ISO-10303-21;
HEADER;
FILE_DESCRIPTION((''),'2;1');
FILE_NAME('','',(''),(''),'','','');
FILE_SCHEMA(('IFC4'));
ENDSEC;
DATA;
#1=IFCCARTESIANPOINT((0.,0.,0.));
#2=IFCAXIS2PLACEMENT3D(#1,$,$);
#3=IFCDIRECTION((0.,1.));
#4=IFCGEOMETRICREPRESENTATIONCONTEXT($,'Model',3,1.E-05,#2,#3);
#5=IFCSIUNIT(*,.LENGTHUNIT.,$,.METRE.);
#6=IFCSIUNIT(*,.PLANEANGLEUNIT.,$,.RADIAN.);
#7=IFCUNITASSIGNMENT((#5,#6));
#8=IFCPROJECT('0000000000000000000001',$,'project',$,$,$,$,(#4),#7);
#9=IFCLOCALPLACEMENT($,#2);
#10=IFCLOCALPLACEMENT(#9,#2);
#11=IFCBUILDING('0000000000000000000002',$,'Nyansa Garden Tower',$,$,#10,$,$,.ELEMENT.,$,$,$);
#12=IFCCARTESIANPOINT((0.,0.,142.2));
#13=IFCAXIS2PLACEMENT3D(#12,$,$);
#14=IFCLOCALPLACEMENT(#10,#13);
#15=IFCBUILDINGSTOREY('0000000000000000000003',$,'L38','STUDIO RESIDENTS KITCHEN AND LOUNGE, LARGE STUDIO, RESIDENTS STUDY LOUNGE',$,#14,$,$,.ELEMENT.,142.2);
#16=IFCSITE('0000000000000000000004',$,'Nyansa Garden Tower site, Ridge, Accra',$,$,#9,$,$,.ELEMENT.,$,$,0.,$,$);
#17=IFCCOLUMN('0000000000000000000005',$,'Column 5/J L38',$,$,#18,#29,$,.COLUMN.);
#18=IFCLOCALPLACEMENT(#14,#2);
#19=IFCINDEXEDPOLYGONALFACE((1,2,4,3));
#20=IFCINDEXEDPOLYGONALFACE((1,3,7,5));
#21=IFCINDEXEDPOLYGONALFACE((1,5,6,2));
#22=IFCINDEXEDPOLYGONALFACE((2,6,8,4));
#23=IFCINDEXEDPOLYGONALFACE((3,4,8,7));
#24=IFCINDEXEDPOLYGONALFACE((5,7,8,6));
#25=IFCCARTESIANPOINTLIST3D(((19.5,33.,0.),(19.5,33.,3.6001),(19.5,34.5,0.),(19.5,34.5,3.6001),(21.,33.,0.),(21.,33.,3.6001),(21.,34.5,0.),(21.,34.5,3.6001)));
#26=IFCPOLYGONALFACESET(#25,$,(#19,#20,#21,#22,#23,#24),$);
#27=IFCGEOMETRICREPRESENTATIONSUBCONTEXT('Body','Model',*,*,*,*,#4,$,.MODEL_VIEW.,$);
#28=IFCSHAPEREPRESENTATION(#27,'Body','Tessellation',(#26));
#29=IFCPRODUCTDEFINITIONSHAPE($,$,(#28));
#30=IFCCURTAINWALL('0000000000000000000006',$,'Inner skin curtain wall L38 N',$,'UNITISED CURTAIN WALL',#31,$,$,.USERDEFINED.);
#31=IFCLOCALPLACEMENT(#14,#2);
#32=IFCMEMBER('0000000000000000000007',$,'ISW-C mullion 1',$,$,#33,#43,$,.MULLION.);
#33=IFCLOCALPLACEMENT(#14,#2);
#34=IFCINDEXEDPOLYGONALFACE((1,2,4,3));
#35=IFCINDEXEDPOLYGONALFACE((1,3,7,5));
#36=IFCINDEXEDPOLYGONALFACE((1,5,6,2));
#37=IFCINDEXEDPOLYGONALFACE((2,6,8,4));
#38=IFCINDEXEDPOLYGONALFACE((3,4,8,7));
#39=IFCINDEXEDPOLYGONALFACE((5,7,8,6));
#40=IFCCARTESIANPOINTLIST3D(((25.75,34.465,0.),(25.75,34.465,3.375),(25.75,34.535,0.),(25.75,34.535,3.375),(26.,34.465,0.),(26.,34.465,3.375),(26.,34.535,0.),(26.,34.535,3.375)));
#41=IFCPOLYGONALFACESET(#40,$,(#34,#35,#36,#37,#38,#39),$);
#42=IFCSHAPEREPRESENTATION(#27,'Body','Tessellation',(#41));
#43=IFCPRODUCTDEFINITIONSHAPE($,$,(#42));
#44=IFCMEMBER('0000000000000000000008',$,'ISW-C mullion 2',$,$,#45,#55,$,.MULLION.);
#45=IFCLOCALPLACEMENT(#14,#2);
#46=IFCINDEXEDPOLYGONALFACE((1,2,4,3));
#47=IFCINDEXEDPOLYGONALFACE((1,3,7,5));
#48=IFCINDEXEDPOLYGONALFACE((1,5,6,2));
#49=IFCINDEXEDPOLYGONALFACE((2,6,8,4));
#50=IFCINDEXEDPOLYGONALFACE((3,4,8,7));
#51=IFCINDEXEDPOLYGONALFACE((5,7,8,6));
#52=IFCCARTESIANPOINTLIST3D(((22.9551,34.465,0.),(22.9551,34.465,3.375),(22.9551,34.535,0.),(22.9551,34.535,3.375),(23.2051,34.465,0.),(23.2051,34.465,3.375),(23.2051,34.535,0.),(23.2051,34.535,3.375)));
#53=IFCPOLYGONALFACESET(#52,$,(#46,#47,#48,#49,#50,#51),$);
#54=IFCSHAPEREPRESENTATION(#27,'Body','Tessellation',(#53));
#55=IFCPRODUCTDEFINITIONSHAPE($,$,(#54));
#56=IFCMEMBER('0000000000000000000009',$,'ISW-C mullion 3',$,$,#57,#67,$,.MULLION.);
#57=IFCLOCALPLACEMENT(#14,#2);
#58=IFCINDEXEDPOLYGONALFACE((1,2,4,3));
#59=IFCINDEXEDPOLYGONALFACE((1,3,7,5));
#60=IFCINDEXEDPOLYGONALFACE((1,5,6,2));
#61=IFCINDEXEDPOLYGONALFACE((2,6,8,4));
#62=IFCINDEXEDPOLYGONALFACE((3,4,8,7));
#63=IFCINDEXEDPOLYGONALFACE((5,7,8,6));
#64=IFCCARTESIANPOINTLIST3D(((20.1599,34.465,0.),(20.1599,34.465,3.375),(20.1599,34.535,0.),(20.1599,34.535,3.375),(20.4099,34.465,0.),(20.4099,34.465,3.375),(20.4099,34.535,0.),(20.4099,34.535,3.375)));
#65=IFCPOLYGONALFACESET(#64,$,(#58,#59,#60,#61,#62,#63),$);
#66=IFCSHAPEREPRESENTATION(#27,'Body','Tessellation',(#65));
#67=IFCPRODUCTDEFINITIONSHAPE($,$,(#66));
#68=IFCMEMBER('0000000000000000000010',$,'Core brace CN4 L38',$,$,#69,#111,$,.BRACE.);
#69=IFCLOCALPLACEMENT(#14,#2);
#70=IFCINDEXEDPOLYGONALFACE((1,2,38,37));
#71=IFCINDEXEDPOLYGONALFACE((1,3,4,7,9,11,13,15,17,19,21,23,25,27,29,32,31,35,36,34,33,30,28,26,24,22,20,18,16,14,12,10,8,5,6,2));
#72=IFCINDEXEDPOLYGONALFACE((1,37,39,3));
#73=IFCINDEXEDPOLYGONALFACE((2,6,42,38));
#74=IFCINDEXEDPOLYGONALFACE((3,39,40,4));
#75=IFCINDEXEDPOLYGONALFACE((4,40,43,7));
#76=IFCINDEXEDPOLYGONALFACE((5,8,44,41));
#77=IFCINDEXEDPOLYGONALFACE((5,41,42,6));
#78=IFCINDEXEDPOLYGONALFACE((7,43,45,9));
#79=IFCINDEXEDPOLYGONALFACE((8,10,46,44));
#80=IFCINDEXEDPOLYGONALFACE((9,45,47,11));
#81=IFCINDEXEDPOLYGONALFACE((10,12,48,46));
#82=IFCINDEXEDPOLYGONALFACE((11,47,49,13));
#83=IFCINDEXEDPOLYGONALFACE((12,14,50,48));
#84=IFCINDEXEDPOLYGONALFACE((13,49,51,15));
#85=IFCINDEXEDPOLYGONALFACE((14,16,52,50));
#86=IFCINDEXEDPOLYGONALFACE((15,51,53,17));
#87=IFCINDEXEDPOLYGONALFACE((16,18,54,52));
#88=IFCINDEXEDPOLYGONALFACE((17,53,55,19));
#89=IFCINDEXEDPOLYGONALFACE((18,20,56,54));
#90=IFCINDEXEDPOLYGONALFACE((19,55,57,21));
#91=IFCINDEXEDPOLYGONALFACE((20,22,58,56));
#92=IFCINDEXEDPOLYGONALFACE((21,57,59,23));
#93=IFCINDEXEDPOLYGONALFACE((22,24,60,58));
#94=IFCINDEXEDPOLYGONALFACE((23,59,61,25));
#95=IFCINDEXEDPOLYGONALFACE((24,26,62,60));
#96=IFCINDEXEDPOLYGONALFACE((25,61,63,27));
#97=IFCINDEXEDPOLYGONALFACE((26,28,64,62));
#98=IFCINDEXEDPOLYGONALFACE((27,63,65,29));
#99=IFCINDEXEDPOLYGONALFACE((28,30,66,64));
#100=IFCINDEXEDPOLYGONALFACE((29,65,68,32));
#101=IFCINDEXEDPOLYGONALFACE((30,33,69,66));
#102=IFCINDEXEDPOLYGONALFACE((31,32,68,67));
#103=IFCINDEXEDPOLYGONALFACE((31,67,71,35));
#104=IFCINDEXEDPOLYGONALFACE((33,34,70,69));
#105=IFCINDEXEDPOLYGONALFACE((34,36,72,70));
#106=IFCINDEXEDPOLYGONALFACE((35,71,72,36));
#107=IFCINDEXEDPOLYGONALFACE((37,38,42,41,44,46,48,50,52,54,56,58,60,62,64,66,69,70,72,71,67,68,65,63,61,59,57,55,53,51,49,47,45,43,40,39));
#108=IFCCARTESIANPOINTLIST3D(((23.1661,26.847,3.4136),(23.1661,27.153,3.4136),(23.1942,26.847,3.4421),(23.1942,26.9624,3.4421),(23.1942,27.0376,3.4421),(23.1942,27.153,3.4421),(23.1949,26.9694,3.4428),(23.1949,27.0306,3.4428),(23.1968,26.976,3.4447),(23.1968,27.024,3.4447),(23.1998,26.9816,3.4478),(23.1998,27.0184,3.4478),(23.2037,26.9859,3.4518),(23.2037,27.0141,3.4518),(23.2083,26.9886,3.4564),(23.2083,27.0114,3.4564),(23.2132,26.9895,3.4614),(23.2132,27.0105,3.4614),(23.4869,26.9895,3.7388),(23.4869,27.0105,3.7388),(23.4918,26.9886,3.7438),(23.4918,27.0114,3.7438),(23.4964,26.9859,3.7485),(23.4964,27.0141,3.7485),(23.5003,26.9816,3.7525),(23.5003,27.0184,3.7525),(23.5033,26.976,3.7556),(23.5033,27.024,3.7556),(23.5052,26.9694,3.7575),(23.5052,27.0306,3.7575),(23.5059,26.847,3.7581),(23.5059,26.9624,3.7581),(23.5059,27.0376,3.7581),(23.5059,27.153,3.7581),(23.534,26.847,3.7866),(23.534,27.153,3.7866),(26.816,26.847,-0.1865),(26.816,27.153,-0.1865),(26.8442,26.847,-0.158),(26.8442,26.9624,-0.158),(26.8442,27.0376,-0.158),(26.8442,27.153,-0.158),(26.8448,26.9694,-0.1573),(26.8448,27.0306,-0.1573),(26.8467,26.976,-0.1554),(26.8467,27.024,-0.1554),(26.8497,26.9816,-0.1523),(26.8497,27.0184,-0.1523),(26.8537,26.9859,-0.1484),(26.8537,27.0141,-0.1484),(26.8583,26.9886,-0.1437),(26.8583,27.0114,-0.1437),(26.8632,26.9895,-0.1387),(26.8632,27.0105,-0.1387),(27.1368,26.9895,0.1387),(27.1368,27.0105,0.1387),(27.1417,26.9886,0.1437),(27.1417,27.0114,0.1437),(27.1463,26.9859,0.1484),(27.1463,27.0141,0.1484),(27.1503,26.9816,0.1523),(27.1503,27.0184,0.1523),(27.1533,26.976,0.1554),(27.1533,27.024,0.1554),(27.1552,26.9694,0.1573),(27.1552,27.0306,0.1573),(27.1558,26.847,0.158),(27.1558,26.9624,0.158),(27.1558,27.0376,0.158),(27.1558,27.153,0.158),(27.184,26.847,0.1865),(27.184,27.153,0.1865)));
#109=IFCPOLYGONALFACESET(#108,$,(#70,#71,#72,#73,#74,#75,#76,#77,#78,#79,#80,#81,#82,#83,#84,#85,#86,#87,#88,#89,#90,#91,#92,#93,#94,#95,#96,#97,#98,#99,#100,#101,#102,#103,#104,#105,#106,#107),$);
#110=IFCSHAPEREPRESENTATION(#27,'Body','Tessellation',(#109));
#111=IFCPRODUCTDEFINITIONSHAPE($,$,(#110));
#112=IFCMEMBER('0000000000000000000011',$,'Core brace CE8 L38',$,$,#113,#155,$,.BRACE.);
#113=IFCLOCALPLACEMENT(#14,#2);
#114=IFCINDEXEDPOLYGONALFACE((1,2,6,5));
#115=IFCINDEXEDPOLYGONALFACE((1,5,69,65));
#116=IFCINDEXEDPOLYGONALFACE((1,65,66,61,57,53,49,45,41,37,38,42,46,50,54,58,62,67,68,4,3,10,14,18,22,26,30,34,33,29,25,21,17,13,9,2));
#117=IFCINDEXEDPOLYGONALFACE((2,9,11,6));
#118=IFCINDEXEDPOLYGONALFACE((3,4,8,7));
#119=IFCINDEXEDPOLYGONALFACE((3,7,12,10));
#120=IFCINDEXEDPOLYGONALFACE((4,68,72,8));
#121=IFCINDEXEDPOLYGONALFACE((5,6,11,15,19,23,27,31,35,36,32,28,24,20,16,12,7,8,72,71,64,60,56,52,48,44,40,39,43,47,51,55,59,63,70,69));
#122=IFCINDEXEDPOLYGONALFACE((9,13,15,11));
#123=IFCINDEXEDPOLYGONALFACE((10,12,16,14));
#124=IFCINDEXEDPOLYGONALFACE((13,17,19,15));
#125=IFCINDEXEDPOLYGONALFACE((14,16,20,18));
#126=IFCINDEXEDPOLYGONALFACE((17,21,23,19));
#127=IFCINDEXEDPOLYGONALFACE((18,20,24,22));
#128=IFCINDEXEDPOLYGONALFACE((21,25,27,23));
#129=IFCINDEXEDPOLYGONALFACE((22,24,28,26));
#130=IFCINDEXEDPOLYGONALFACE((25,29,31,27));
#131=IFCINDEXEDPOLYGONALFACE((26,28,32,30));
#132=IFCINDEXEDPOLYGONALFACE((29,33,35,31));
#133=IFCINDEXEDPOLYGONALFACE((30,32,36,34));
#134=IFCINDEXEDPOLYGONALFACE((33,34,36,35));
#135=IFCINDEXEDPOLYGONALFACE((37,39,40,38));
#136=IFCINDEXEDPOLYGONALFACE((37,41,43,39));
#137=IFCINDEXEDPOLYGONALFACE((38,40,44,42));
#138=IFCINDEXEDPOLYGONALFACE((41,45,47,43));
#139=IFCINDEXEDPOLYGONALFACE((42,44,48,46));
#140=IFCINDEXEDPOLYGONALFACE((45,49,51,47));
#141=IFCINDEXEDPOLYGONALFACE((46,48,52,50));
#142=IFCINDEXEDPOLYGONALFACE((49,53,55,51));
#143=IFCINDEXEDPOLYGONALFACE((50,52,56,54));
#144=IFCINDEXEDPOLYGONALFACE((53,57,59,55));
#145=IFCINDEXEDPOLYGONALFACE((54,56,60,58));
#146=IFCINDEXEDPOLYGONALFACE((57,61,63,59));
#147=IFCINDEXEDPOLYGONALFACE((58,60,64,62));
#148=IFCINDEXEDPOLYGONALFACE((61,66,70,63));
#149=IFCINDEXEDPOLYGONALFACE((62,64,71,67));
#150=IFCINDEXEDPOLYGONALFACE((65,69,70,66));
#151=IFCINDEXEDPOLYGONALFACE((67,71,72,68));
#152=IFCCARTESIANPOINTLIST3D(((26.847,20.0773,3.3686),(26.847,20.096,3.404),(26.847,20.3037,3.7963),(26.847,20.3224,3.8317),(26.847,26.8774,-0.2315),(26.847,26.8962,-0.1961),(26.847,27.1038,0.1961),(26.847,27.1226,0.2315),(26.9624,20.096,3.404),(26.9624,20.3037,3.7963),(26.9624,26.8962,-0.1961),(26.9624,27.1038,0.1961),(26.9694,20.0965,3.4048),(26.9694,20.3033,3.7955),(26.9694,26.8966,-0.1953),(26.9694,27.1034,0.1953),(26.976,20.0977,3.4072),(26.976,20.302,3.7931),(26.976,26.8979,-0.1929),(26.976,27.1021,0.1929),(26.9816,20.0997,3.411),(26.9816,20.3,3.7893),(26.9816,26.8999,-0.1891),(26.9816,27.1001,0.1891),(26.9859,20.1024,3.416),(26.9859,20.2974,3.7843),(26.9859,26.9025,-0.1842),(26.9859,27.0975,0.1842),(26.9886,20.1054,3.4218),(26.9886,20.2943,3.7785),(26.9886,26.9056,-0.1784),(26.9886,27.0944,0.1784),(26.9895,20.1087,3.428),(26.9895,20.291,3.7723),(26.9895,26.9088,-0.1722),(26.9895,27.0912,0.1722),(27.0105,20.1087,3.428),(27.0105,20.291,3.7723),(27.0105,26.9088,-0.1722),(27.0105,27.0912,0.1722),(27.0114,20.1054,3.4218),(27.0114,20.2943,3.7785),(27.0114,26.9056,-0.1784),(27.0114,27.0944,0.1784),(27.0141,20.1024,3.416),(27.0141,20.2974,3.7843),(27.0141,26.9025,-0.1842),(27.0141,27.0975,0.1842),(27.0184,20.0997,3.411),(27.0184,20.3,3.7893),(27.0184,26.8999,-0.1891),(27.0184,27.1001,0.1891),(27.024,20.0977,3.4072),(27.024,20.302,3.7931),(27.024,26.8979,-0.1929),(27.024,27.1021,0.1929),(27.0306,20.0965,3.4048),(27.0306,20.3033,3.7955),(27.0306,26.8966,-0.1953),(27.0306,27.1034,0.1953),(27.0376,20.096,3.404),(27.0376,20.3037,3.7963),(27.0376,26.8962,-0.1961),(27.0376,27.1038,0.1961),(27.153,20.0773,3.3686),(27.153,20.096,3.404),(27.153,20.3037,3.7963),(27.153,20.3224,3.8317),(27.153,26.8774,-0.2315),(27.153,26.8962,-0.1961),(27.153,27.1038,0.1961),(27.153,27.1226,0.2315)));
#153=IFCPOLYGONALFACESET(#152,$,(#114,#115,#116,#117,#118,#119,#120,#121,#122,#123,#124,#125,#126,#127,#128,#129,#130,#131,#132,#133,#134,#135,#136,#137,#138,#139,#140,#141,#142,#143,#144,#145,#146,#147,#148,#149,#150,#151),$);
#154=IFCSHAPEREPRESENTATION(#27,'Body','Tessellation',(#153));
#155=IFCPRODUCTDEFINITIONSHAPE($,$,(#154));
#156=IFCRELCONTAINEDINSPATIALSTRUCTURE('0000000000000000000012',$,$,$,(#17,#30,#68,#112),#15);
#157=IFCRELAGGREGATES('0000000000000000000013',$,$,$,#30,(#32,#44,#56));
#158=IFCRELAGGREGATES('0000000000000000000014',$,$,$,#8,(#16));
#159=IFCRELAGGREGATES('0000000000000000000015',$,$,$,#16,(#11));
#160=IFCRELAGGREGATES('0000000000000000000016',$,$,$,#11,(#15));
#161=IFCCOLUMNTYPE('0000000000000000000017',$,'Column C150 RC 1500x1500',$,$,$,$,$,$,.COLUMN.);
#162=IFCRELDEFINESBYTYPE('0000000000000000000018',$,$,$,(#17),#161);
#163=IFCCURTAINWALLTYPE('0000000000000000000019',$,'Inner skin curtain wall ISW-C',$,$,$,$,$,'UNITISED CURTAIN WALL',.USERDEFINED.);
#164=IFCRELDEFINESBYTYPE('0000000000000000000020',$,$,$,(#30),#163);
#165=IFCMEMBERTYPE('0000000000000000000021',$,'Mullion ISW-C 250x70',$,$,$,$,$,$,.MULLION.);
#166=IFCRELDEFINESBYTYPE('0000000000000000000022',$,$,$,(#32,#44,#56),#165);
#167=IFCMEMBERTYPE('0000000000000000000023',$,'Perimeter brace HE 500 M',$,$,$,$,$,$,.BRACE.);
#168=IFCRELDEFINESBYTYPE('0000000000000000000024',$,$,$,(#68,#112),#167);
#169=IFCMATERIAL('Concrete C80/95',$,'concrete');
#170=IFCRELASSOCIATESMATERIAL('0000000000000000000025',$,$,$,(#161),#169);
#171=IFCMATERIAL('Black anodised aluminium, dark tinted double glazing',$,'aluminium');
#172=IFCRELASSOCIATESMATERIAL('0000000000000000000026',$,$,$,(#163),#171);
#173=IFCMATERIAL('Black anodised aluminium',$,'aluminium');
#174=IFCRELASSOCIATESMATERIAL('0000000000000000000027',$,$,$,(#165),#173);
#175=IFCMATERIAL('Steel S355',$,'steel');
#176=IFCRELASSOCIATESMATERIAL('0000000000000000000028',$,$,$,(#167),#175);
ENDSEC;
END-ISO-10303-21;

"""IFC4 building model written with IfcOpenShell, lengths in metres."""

from ifc_helpers import new_model, si_unit, direction, frame, origin, origin_2d, place, context, subcontext, project, spatial, rectangle, i_section, extrude, material, material_profile, profile_set, type_object, element, aggregate, save


model = new_model("IFC4")

# Units and contexts
model_context = context("Model", 3, precision=1e-05, world=origin(), true_north=direction((0.0, 1.0)))
body_context = subcontext(model_context, "Body", "Model", "MODEL_VIEW")
ifc_project = project(units=[si_unit("LENGTHUNIT", "METRE"), si_unit("PLANEANGLEUNIT", "RADIAN")], contexts=[model_context])

# Site, building, storey
site_placement = place(None, origin())
site = spatial("IfcSite", under=ifc_project, at=site_placement, Name="Nyansa Garden Tower site, Ridge, Accra", CompositionType="ELEMENT", RefElevation=0.0)
building_placement = place(site_placement, origin())
building = spatial("IfcBuilding", under=site, at=building_placement, Name="Nyansa Garden Tower", CompositionType="ELEMENT")
storey_placement = place(building_placement, frame((0.0, 0.0, 142.2)))
storey = spatial("IfcBuildingStorey", under=building, at=storey_placement, Name="L38", Description="STUDIO RESIDENTS KITCHEN AND LOUNGE, LARGE STUDIO, RESIDENTS STUDY LOUNGE", CompositionType="ELEMENT", Elevation=142.2)

# Column
ifc_material_1 = material(Name="Concrete C80/95", Category="concrete")
ifc_material_profile_1 = material_profile(ifc_material_1, rectangle(XDim=1.5, YDim=1.5, at=origin_2d()), Name="RC 1500x1500")
ifc_profile_set_1 = profile_set([ifc_material_profile_1], Name="Concrete C80/95")
column_type = type_object("IfcColumnType", Name="Column C150 RC 1500x1500", PredefinedType="COLUMN", material=ifc_profile_set_1)
column_placement = place(storey_placement, frame((20.25, 33.75, 0.0), z_axis=(0.0, 0.0, 1.0), x_axis=(1.0, 0.0, 0.0)))
element("IfcColumn", 1, at=column_placement, inside=storey, type_object=column_type, Name="Column 5/J L38", PredefinedType="COLUMN", context=body_context, shape_type="SweptSolid", body=[
    extrude(rectangle(XDim=1.5, YDim=1.5, at=origin_2d()), origin(), (0.0, 0.0, 1.0), 3.6001),
])

# Curtain wall, members
ifc_material_2 = material(Name="Black anodised aluminium, dark tinted double glazing", Category="aluminium")
curtain_wall_type = type_object("IfcCurtainWallType", Name="Inner skin curtain wall ISW-C", ElementType="UNITISED CURTAIN WALL", PredefinedType="USERDEFINED", material=ifc_material_2)
curtain_wall_placement = place(storey_placement, origin())
curtain_wall = element("IfcCurtainWall", 2, at=curtain_wall_placement, inside=storey, type_object=curtain_wall_type, Name="Inner skin curtain wall L38 N", ObjectType="UNITISED CURTAIN WALL", PredefinedType="USERDEFINED")
ifc_material_3 = material(Name="Black anodised aluminium", Category="aluminium")
ifc_material_profile_2 = material_profile(ifc_material_3, rectangle(XDim=0.0701, YDim=0.25, at=origin_2d()), Name="Mullion 250x70")
ifc_profile_set_2 = profile_set([ifc_material_profile_2], Name="Black anodised aluminium")
member_type_1 = type_object("IfcMemberType", Name="Mullion ISW-C 250x70", PredefinedType="MULLION", material=ifc_profile_set_2)
member_1_placement = place(storey_placement, frame((25.875, 34.5, 0.0), z_axis=(0.0, 0.0, 1.0), x_axis=(0.0, -1.0, 0.0)))
member_1 = element("IfcMember", 3, at=member_1_placement, type_object=member_type_1, Name="ISW-C mullion 1", PredefinedType="MULLION", context=body_context, shape_type="SweptSolid", body=[
    extrude(rectangle(XDim=0.0701, YDim=0.25, at=origin_2d()), origin(), (0.0, 0.0, 1.0), 3.375),
])
member_2_placement = place(storey_placement, frame((23.0801, 34.5, 0.0), z_axis=(0.0, 0.0, 1.0), x_axis=(0.0, -1.0, 0.0)))
member_2 = element("IfcMember", 4, at=member_2_placement, type_object=member_type_1, Name="ISW-C mullion 2", PredefinedType="MULLION", context=body_context, shape_type="SweptSolid", body=[
    extrude(rectangle(XDim=0.0701, YDim=0.25, at=origin_2d()), origin(), (0.0, 0.0, 1.0), 3.375),
])
member_3_placement = place(storey_placement, frame((20.2849, 34.5, 0.0), z_axis=(0.0, 0.0, 1.0), x_axis=(0.0, -1.0, 0.0)))
member_3 = element("IfcMember", 5, at=member_3_placement, type_object=member_type_1, Name="ISW-C mullion 3", PredefinedType="MULLION", context=body_context, shape_type="SweptSolid", body=[
    extrude(rectangle(XDim=0.0701, YDim=0.25, at=origin_2d()), origin(), (0.0, 0.0, 1.0), 3.375),
])

# Members
ifc_material_4 = material(Name="Steel S355", Category="steel")
ifc_material_profile_3 = material_profile(ifc_material_4, i_section(OverallWidth=0.3059, OverallDepth=0.5239, WebThickness=0.021, FlangeThickness=0.04, FilletRadius=0.0271, at=origin_2d()), Name="HE 500 M")
ifc_profile_set_3 = profile_set([ifc_material_profile_3], Name="Steel S355")
member_type_2 = type_object("IfcMemberType", Name="Perimeter brace HE 500 M", PredefinedType="BRACE", material=ifc_profile_set_3)
member_4_placement = place(storey_placement, frame((27.0, 27.0, 0.0), z_axis=(-0.711948, 0.0, 0.702233), x_axis=(0.0, -1.0, 0.0)))
element("IfcMember", 6, at=member_4_placement, inside=storey, type_object=member_type_2, Name="Core brace CN4 L38", PredefinedType="BRACE", context=body_context, shape_type="SweptSolid", body=[
    extrude(i_section(OverallWidth=0.3059, OverallDepth=0.5239, WebThickness=0.021, FlangeThickness=0.04, FilletRadius=0.0271, at=origin_2d()), origin(), (0.0, 0.0, 1.0), 5.1267),
])
member_5_placement = place(storey_placement, frame((27.0, 27.0, 0.0), z_axis=(0.0, -0.883784, 0.467895), x_axis=(1.0, 0.0, 0.0)))
element("IfcMember", 7, at=member_5_placement, inside=storey, type_object=member_type_2, Name="Core brace CE8 L38", PredefinedType="BRACE", context=body_context, shape_type="SweptSolid", body=[
    extrude(i_section(OverallWidth=0.3059, OverallDepth=0.5239, WebThickness=0.021, FlangeThickness=0.04, FilletRadius=0.0271, at=origin_2d()), origin(), (0.0, 0.0, 1.0), 7.6943),
])

aggregate(curtain_wall, [member_1, member_2, member_3])

save(model, "model.ifc")
